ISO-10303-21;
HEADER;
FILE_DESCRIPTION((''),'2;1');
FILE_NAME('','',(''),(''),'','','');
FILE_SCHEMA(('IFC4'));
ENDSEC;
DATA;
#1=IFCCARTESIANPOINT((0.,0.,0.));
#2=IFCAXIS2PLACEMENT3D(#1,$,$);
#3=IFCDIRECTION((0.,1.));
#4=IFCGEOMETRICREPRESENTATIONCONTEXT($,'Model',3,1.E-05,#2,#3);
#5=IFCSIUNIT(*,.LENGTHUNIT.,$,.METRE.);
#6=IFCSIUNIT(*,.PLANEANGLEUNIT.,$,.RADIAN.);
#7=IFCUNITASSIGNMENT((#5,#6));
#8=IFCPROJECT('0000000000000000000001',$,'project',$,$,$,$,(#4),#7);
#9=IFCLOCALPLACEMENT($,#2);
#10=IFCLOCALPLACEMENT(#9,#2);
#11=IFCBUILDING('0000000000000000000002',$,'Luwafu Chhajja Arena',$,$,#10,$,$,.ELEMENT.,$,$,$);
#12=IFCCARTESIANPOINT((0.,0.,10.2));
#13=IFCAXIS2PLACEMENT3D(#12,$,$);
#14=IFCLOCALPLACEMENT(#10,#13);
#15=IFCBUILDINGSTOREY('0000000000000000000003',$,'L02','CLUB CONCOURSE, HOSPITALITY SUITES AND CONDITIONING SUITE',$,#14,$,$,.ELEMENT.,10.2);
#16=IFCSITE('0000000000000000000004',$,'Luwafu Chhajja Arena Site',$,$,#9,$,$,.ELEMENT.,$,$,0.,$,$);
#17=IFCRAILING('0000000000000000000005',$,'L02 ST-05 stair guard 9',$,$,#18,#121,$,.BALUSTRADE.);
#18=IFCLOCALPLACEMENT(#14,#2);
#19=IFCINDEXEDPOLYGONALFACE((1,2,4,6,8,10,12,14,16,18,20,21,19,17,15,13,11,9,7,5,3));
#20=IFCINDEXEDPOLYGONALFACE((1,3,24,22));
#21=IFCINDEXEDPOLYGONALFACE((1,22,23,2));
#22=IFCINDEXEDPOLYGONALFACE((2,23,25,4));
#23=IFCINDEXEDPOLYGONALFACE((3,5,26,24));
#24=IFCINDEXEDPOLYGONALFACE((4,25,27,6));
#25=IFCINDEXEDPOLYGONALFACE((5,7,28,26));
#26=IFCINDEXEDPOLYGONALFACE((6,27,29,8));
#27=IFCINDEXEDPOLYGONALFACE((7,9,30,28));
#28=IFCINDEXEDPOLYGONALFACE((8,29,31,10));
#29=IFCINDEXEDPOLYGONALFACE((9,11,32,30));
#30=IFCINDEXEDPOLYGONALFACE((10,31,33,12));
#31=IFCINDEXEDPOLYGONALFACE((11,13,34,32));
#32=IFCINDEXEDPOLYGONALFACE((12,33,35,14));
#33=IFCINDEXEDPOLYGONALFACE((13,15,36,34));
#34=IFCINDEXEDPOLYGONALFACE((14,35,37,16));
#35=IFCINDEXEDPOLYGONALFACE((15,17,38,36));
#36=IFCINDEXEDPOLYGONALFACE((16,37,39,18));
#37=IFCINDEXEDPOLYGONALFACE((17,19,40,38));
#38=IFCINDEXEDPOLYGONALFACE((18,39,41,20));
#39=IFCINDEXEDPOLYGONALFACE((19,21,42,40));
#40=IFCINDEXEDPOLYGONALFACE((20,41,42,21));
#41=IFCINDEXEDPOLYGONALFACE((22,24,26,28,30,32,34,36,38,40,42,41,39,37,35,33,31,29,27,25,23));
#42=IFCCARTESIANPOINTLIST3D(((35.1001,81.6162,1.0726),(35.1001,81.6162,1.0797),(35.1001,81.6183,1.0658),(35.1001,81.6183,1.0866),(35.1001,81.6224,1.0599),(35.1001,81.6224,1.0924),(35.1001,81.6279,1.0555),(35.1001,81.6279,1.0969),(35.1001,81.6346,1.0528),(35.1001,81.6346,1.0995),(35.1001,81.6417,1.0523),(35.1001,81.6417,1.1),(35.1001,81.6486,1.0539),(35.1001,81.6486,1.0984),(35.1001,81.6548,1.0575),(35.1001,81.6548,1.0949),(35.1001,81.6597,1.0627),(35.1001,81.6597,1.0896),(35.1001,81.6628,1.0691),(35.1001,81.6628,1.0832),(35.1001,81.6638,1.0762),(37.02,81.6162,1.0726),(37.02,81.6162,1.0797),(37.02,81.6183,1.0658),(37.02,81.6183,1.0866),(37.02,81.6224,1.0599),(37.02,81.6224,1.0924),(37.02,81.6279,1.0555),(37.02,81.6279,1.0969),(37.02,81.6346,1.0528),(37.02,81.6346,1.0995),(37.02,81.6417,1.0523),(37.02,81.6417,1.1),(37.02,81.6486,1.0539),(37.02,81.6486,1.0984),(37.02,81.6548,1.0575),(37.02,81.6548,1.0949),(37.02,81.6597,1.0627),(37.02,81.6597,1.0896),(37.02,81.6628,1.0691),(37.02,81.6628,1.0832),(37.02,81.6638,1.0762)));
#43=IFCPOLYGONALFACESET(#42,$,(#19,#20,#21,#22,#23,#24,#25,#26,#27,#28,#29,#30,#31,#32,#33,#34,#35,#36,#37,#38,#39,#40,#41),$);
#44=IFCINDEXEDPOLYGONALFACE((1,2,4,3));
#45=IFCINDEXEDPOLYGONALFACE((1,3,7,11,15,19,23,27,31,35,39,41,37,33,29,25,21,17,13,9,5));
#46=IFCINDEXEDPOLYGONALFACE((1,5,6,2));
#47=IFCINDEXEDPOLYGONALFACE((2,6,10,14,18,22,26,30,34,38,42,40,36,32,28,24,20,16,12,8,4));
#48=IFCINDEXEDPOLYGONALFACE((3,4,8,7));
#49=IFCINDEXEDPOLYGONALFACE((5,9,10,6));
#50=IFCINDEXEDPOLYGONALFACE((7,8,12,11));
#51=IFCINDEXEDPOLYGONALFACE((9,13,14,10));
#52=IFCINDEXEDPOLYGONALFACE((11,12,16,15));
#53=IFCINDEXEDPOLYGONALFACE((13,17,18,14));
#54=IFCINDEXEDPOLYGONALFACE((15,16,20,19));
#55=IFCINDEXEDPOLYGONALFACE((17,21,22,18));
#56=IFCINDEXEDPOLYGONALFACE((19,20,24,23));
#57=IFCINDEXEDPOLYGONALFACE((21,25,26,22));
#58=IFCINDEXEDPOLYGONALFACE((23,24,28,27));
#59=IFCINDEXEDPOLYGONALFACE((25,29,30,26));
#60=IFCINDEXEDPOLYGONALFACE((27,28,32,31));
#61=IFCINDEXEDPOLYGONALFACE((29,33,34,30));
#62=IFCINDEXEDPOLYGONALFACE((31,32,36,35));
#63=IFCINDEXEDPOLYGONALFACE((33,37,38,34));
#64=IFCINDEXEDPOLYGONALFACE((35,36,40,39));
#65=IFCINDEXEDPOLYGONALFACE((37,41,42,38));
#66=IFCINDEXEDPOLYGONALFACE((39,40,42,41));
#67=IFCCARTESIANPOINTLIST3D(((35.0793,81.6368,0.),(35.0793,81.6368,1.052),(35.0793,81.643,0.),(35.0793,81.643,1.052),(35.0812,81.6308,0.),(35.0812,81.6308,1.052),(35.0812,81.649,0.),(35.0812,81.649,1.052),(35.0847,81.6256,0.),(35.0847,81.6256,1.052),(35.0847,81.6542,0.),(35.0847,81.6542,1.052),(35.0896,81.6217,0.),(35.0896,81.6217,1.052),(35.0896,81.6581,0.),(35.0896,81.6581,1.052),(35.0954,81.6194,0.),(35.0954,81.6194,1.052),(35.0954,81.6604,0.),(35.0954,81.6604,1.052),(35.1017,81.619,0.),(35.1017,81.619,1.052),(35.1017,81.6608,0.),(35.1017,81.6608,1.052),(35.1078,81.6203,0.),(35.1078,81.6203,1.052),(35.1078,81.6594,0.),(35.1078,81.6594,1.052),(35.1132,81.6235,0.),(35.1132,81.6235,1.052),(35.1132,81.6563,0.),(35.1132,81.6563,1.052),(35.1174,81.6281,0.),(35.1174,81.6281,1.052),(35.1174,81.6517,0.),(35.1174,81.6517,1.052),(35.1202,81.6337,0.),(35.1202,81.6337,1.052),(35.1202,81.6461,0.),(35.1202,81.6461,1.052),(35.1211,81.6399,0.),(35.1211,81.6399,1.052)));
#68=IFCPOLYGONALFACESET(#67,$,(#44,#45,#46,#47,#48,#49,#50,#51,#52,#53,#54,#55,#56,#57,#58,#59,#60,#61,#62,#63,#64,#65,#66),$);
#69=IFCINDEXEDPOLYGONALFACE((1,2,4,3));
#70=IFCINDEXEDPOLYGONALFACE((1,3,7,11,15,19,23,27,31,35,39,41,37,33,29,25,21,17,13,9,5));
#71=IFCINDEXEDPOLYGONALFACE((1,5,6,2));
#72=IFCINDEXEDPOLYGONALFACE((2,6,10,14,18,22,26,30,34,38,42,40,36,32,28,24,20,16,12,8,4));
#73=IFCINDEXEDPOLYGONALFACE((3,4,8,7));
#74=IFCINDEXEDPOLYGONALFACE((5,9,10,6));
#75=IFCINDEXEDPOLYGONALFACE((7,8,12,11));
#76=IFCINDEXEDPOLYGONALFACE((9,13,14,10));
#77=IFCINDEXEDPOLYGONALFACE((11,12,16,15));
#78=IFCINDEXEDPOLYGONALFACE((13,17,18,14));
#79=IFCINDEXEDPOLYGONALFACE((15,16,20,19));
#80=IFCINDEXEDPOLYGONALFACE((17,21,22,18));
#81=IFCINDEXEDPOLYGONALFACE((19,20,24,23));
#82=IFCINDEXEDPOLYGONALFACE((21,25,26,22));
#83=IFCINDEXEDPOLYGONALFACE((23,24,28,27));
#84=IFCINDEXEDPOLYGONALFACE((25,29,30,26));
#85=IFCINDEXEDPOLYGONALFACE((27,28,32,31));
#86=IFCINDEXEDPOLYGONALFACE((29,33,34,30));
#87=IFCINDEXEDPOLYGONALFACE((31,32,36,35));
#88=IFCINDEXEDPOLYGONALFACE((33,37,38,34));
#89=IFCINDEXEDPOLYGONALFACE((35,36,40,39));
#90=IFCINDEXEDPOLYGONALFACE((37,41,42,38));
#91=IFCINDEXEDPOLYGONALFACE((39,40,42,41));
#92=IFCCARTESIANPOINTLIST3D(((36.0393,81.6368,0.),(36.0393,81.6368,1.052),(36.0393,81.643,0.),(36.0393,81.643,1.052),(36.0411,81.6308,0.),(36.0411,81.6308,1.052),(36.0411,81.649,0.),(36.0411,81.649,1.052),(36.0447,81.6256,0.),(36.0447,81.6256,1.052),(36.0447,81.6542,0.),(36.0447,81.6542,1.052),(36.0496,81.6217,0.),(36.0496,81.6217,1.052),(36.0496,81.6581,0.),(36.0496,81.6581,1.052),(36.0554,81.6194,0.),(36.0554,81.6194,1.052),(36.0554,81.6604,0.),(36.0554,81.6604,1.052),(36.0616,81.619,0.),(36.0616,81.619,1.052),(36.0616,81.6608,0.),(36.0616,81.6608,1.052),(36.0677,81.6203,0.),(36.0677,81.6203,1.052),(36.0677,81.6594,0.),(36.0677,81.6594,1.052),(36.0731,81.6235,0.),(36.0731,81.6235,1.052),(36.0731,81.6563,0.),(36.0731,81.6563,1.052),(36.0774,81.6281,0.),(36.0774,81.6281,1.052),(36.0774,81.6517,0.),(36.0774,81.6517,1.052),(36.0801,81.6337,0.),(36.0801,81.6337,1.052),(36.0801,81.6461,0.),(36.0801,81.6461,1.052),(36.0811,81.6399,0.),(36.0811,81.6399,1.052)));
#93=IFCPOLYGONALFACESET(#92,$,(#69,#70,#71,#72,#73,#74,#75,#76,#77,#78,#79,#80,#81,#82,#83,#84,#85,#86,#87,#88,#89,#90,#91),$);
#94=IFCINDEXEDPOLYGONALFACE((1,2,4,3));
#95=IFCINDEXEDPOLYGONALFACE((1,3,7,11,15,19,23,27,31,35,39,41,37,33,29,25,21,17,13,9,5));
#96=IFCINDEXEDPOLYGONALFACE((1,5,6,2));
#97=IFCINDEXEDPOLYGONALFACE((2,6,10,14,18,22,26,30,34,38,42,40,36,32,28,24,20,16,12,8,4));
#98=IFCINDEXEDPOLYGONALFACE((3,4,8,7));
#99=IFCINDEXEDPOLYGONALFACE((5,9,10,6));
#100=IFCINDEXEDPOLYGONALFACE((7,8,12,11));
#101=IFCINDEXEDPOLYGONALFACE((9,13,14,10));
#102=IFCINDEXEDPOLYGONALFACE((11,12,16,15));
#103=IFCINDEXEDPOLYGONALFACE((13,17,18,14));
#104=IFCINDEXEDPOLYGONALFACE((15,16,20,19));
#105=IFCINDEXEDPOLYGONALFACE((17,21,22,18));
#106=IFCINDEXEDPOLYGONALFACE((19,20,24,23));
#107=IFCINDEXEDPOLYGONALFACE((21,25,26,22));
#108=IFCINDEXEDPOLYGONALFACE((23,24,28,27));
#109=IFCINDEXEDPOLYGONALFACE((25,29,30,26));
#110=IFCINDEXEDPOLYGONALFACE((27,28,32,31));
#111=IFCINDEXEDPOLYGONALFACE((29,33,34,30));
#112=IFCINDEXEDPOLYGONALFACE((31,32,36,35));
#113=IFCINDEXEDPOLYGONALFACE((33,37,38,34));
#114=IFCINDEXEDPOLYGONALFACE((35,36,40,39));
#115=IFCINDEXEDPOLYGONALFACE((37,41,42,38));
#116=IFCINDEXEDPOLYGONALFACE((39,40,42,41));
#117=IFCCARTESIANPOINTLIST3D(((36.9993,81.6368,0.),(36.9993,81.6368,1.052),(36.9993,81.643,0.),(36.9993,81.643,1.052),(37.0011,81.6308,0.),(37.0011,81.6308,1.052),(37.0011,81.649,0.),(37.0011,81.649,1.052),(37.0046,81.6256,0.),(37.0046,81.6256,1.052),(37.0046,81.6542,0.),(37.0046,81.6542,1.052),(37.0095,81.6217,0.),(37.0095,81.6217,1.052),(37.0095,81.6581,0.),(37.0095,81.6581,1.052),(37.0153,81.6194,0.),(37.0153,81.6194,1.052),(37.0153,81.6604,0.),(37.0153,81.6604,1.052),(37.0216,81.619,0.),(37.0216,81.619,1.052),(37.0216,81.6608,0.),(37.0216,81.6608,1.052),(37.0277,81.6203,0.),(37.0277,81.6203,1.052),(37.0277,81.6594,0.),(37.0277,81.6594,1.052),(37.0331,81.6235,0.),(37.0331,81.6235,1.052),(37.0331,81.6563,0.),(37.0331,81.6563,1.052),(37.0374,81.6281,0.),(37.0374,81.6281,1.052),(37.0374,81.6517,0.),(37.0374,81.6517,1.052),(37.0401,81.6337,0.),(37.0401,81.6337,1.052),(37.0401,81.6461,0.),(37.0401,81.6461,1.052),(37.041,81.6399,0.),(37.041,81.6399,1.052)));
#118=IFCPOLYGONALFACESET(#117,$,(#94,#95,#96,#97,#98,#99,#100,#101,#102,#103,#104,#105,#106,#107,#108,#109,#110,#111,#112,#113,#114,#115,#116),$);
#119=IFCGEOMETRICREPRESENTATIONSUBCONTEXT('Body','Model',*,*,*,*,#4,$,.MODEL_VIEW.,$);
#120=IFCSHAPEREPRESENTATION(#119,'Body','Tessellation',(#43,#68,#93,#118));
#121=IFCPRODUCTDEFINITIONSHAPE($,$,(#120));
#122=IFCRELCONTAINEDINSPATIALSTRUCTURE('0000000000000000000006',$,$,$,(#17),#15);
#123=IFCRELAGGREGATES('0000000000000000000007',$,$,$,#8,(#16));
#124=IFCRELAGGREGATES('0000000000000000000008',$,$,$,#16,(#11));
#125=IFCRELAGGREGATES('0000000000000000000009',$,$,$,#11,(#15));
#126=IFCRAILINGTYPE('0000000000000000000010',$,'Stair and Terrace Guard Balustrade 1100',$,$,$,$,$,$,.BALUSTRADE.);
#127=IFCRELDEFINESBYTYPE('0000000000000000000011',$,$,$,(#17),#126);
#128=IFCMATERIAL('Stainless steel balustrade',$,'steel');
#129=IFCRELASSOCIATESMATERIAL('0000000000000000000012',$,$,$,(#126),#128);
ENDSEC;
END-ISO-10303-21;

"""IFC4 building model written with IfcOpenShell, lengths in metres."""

from ifc_helpers import new_model, si_unit, direction, frame, origin, origin_2d, place, context, subcontext, project, spatial, circle, extrude, material, type_object, element, save


model = new_model("IFC4")

# Units and contexts
model_context = context("Model", 3, precision=1e-05, world=origin(), true_north=direction((0.0, 1.0)))
body_context = subcontext(model_context, "Body", "Model", "MODEL_VIEW")
ifc_project = project(units=[si_unit("LENGTHUNIT", "METRE"), si_unit("PLANEANGLEUNIT", "RADIAN")], contexts=[model_context])

# Site, building, storey
site_placement = place(None, origin())
site = spatial("IfcSite", under=ifc_project, at=site_placement, Name="Luwafu Chhajja Arena Site", CompositionType="ELEMENT", RefElevation=0.0)
building_placement = place(site_placement, origin())
building = spatial("IfcBuilding", under=site, at=building_placement, Name="Luwafu Chhajja Arena", CompositionType="ELEMENT")
storey_placement = place(building_placement, frame((0.0, 0.0, 10.2)))
storey = spatial("IfcBuildingStorey", under=building, at=storey_placement, Name="L02", Description="CLUB CONCOURSE, HOSPITALITY SUITES AND CONDITIONING SUITE", CompositionType="ELEMENT", Elevation=10.2)

# Railing
ifc_material_1 = material(Name="Stainless steel balustrade", Category="steel")
railing_type_1 = type_object("IfcRailingType", Name="Stair and Terrace Guard Balustrade 1100", PredefinedType="BALUSTRADE", material=ifc_material_1)
for number, where, name in (
    (1, (35.1001, 81.6399, 0.0), "L02 ST-05 stair guard 9"),
):
    element("IfcRailing", number, at=place(storey_placement, frame(where)), inside=storey, type_object=railing_type_1, Name=name, PredefinedType="BALUSTRADE", context=body_context, shape_type="SweptSolid", body=[
        extrude(circle(Radius=0.0239, at=origin_2d()), frame((0.0, 0.0, 1.0762), z_axis=(1.0, 0.0, 0.0), x_axis=(0.0, 1.0, 0.0)), (0.0, 0.0, 1.0), 1.9199),
        extrude(circle(Radius=0.021, at=origin_2d()), origin(), (0.0, 0.0, 1.0), 1.052),
        extrude(circle(Radius=0.021, at=origin_2d()), frame((0.96, 0.0, 0.0)), (0.0, 0.0, 1.0), 1.052),
        extrude(circle(Radius=0.021, at=origin_2d()), frame((1.9199, 0.0, 0.0)), (0.0, 0.0, 1.0), 1.052),
    ])

save(model, "model.ifc")
